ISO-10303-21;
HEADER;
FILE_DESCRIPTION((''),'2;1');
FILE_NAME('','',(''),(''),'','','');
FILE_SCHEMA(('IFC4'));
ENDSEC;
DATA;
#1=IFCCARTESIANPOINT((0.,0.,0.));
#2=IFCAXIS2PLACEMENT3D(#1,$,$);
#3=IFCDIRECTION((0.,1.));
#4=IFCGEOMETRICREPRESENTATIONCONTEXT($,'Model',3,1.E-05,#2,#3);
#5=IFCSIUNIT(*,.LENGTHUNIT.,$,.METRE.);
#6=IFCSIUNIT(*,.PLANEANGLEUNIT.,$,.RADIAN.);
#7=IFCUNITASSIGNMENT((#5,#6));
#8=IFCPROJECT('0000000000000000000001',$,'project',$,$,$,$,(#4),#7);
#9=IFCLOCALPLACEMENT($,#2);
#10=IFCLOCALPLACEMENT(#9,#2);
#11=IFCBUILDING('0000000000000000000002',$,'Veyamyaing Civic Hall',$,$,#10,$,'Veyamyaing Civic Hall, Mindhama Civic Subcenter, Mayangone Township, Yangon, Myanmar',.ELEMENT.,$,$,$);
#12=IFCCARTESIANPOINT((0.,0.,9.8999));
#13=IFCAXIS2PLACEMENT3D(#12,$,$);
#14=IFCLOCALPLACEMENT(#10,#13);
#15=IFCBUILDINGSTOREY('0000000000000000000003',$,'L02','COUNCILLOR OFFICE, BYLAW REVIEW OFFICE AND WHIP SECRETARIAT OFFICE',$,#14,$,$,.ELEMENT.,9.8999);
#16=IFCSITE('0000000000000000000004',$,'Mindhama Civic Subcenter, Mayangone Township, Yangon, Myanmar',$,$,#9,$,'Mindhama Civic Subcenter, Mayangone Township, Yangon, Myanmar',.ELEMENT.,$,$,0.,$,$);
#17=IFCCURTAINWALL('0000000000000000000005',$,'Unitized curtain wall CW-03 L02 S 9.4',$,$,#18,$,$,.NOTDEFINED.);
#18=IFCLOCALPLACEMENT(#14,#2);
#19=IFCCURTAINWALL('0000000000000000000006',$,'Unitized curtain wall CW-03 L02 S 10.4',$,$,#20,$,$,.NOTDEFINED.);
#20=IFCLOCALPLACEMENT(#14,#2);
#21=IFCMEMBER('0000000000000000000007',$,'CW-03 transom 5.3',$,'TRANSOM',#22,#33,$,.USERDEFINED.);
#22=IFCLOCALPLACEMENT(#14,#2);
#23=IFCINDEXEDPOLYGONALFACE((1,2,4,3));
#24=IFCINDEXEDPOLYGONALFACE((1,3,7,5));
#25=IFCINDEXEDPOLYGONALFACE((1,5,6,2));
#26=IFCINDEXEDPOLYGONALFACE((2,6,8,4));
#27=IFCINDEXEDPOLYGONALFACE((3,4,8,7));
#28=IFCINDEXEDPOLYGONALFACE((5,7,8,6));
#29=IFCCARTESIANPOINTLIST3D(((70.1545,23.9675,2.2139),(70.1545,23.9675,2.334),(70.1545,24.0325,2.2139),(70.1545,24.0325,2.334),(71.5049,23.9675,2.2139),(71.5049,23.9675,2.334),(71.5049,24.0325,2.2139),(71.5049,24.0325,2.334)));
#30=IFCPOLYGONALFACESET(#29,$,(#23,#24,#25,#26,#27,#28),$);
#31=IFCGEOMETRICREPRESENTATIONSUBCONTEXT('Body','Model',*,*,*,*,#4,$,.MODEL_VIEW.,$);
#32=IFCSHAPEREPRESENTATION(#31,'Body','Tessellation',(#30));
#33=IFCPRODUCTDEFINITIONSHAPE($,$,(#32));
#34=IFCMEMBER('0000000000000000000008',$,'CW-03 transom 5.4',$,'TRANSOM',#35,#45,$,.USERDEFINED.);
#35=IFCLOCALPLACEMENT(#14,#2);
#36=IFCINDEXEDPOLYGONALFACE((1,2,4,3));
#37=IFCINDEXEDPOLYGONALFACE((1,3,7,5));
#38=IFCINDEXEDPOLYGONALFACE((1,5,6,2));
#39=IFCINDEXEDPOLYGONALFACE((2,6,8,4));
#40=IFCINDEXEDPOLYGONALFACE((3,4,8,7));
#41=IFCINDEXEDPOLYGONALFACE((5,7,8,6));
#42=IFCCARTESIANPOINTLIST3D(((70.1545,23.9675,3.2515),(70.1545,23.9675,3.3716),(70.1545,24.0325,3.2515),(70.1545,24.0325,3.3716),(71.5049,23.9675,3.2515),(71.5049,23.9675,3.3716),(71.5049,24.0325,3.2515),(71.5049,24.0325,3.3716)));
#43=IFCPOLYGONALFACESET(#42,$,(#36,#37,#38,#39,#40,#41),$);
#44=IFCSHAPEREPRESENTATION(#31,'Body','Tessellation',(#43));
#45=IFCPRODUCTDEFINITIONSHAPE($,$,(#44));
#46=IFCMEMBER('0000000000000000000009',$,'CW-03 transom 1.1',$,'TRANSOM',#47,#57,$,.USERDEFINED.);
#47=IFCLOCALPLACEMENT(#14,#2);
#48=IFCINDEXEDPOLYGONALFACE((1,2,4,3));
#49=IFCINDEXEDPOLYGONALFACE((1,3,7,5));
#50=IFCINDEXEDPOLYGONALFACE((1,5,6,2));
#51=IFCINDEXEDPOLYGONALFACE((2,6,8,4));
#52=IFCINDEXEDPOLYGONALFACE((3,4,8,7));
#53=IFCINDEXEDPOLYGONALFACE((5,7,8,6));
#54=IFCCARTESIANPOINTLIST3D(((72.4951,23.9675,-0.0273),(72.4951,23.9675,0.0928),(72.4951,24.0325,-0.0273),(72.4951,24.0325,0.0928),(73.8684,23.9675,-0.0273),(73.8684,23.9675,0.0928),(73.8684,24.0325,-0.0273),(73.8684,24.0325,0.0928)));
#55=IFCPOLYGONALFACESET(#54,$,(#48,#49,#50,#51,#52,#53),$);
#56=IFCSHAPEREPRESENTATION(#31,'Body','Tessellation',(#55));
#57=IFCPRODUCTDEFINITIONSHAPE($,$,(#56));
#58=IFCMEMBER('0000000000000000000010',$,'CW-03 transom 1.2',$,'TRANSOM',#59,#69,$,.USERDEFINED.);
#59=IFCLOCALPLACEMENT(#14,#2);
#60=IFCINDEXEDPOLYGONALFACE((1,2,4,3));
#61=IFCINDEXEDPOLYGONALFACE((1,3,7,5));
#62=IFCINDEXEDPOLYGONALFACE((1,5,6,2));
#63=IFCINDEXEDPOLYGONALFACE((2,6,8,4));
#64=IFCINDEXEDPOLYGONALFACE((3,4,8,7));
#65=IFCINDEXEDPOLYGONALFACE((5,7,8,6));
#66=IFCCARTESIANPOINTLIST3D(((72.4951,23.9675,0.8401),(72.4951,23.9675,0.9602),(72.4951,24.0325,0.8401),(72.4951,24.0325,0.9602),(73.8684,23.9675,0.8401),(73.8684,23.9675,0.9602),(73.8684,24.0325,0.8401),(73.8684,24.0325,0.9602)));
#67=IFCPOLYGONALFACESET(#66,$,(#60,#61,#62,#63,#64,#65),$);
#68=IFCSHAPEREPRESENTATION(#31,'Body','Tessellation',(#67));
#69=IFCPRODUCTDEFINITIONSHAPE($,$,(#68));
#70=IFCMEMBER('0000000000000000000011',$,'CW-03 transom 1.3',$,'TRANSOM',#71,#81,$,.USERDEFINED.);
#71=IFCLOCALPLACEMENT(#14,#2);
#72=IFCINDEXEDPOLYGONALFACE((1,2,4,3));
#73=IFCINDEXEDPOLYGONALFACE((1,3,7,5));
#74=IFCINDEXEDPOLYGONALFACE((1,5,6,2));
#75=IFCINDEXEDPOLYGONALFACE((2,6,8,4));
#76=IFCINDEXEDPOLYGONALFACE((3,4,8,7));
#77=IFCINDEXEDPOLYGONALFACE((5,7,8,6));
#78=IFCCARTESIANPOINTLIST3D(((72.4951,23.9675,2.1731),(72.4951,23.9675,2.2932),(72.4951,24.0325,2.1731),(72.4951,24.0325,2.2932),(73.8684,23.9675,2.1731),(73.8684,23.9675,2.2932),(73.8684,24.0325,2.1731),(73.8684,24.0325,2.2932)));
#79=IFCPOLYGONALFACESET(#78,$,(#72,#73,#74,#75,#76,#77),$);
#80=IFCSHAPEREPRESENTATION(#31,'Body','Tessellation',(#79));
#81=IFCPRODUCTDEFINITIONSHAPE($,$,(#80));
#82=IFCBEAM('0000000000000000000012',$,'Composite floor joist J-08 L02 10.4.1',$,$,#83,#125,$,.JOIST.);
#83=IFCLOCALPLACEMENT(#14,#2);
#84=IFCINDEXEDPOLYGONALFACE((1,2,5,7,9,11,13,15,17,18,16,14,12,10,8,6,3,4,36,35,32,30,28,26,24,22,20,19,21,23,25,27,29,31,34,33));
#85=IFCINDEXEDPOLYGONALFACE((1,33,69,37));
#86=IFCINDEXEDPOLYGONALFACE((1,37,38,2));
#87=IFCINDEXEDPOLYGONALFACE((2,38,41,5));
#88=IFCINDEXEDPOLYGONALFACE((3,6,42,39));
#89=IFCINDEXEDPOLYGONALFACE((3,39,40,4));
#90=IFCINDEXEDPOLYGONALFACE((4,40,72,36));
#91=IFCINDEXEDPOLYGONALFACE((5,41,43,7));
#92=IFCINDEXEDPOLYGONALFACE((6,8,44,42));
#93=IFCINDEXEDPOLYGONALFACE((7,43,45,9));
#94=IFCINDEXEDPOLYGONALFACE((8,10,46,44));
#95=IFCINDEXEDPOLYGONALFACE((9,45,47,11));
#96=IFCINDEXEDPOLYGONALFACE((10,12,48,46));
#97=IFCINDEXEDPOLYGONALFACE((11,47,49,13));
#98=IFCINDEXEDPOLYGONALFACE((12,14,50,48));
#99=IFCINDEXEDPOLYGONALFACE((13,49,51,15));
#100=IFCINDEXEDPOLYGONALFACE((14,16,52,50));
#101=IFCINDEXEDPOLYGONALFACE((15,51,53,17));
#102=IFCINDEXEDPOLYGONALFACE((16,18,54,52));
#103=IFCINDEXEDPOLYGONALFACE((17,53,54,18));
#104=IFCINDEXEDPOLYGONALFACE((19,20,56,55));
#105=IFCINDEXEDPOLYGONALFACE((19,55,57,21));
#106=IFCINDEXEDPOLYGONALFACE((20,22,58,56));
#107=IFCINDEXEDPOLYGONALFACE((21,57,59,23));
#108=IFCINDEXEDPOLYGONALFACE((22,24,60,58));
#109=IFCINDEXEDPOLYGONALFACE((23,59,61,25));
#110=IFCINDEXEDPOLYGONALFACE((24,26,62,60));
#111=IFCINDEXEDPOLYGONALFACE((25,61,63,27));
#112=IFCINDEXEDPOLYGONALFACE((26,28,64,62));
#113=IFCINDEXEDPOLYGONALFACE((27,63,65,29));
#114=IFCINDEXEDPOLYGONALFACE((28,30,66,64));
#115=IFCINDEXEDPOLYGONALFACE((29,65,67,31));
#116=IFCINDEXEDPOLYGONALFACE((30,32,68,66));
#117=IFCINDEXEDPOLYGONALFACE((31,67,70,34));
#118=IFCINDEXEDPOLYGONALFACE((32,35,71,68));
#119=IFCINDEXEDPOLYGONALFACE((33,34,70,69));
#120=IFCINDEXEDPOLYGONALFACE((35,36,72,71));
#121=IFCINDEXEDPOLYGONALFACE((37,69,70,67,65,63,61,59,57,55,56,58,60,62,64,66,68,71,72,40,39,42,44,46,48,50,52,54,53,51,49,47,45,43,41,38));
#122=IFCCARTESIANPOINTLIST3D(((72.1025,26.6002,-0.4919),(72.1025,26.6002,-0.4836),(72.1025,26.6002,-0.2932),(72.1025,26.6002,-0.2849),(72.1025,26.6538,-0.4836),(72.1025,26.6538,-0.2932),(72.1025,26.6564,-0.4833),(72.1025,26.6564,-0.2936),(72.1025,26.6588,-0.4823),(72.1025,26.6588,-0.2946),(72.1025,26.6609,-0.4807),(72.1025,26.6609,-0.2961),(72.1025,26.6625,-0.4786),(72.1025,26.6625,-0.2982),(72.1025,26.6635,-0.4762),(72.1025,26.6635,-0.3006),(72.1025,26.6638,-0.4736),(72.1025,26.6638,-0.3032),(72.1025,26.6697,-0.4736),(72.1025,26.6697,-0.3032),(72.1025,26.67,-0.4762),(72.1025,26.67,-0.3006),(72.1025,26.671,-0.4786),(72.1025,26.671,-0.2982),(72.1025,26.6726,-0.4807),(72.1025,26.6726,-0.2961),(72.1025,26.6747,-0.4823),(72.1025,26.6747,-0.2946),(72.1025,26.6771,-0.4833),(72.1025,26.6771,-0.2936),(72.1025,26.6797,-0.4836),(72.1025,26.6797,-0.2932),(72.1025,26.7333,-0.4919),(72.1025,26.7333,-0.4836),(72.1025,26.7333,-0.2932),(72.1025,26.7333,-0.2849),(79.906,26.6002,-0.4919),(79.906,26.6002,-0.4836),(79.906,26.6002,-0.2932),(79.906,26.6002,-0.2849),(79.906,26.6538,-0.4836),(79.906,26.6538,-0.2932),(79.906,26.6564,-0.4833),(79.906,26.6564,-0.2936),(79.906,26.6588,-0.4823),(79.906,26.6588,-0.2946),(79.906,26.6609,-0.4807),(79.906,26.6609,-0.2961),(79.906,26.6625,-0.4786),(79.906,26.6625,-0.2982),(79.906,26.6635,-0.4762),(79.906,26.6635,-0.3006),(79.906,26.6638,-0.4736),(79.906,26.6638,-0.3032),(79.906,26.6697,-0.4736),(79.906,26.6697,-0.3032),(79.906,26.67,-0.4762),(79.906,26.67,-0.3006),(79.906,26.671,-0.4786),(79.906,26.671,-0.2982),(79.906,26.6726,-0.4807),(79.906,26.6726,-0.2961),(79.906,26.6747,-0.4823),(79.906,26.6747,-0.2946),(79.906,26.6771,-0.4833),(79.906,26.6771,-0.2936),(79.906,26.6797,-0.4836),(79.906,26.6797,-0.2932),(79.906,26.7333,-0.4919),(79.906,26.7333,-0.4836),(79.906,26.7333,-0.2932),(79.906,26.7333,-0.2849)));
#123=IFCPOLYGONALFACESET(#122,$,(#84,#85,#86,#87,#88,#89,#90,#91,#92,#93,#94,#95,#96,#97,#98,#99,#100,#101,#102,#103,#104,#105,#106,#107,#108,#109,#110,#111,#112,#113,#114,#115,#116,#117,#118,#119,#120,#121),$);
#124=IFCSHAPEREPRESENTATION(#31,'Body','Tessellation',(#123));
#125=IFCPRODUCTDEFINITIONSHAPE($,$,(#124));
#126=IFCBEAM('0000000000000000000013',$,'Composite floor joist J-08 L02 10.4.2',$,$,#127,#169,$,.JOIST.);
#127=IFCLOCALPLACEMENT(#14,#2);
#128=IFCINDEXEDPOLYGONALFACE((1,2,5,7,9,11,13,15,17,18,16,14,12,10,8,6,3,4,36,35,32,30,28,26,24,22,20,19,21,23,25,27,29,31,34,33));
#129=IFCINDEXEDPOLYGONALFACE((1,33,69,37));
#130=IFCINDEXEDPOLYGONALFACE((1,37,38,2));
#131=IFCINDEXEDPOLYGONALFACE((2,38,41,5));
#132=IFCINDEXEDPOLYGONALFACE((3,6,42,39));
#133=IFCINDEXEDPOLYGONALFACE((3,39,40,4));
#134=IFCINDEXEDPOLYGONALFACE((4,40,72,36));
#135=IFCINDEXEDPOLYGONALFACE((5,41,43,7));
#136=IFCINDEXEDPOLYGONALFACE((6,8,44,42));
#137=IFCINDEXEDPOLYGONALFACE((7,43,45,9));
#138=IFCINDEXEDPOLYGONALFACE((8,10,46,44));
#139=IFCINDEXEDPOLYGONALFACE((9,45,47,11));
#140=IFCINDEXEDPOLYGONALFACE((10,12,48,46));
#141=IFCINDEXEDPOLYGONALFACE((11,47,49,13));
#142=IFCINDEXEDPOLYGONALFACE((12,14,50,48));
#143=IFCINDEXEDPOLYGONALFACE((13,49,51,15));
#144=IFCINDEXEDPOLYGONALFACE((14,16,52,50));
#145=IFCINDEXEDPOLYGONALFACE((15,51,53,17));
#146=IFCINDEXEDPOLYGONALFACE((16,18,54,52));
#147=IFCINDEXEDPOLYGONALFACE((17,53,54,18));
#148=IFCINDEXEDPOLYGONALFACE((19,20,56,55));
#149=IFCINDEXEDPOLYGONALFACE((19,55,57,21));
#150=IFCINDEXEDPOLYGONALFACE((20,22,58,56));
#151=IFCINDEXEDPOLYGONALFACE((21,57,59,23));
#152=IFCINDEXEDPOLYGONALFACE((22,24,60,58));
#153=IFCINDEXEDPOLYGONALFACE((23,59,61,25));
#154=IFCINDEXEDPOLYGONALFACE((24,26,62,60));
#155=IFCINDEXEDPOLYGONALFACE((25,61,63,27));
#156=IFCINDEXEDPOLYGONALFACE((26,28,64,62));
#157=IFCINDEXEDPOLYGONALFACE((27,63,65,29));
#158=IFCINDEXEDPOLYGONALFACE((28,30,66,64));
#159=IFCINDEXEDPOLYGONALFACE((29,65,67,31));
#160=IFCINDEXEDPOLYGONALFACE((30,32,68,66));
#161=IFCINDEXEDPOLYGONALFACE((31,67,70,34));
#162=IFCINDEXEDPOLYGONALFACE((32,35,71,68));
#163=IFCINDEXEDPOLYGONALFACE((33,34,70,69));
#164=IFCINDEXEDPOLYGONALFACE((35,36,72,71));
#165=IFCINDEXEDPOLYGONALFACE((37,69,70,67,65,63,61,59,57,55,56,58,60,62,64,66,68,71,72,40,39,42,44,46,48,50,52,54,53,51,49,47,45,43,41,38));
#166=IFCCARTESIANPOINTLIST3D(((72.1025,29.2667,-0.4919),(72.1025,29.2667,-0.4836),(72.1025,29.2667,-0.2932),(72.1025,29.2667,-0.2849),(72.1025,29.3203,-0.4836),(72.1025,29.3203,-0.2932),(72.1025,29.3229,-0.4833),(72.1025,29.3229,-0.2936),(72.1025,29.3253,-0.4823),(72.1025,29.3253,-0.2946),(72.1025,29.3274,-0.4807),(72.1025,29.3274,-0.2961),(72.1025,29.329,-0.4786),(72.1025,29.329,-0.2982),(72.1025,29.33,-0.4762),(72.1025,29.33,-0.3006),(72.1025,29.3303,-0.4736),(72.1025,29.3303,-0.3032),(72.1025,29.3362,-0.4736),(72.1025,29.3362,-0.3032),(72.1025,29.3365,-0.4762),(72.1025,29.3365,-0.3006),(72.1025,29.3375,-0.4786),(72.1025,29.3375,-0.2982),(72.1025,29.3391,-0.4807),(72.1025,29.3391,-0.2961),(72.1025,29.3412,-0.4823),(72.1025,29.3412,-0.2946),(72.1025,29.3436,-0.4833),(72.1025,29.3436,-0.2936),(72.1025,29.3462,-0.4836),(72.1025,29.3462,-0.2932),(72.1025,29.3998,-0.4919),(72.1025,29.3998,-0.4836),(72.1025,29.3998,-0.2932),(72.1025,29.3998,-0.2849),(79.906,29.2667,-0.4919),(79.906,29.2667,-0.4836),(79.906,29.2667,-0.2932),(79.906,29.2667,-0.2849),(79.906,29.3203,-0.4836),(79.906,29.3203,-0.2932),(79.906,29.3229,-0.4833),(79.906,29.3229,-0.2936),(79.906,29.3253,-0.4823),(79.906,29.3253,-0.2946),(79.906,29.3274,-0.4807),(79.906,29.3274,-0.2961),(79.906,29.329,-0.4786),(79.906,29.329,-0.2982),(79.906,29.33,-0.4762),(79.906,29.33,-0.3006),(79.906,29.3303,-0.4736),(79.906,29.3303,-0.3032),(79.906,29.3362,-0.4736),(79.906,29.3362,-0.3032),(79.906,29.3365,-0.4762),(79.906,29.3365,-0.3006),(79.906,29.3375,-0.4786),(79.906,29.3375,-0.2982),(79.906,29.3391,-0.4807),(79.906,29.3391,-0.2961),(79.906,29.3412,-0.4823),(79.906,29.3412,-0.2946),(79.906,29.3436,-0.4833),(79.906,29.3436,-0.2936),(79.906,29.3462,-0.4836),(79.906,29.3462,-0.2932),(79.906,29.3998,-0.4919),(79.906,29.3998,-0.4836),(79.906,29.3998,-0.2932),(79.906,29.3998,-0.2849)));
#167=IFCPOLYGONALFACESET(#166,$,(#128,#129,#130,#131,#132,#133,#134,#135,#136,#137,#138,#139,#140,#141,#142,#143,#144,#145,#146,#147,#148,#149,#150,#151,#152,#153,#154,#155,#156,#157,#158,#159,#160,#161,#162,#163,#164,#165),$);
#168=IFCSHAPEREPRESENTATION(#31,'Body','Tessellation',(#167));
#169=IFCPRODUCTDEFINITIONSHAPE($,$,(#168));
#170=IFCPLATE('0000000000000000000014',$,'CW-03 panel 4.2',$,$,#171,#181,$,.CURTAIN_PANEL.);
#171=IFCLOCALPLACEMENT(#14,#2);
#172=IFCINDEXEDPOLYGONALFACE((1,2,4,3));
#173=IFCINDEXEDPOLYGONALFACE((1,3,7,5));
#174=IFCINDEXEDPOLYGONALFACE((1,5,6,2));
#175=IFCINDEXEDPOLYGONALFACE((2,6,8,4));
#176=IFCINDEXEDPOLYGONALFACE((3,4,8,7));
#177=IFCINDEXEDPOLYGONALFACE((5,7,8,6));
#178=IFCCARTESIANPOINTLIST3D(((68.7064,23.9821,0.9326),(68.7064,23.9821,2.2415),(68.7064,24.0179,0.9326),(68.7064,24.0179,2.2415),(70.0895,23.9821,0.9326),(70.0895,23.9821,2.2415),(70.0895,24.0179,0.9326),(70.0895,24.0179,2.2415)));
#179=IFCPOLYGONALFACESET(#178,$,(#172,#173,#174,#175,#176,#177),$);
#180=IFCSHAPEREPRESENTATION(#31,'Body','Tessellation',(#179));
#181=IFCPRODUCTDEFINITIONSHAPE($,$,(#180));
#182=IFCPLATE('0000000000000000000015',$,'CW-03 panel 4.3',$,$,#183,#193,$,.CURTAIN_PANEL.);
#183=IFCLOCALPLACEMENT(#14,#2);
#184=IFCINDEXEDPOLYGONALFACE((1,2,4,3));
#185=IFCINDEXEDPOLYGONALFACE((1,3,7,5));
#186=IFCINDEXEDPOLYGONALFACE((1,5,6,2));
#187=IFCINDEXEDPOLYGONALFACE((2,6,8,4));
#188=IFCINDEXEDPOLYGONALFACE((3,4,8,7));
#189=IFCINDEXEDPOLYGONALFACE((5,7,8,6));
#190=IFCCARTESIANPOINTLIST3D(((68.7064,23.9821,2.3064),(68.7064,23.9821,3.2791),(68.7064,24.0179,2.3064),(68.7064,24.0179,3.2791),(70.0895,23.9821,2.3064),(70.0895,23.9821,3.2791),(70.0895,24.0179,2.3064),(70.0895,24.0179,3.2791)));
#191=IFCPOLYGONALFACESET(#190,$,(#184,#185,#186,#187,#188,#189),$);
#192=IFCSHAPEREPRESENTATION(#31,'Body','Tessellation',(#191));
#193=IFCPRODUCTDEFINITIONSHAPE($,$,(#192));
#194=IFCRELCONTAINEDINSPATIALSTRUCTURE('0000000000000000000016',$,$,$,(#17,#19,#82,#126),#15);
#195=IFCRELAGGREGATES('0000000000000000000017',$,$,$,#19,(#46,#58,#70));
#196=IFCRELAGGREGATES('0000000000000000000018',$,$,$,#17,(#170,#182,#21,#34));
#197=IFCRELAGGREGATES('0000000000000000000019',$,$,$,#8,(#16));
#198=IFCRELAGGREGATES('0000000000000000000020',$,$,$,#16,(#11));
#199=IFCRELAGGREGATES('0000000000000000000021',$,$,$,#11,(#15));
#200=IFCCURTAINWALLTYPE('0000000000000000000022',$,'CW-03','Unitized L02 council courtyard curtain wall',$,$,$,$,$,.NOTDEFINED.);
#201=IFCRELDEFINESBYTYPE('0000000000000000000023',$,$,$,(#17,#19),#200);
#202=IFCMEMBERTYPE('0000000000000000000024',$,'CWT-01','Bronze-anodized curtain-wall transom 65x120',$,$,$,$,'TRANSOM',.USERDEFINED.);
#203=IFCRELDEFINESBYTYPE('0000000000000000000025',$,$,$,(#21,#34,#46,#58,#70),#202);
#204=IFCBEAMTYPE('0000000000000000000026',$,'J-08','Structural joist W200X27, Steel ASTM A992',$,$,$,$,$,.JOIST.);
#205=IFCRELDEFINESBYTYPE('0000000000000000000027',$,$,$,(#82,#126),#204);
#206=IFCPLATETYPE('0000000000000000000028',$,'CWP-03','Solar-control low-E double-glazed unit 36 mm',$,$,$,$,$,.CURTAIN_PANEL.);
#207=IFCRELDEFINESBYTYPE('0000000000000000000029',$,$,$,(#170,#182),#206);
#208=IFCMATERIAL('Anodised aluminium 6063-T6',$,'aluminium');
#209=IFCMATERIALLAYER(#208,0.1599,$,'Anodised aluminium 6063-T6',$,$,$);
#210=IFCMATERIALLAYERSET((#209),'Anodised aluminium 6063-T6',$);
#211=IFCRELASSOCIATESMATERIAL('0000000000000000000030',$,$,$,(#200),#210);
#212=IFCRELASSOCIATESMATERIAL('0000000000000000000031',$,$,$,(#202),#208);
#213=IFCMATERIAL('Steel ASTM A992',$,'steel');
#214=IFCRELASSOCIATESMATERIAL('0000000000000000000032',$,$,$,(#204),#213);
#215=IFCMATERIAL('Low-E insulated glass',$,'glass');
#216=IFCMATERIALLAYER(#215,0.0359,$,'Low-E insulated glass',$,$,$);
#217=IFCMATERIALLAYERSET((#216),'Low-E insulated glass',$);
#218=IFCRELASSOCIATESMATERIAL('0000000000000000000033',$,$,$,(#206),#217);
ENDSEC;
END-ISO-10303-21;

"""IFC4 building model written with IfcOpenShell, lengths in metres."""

from ifc_helpers import new_model, si_unit, direction, frame, origin, origin_2d, place, context, subcontext, project, spatial, rectangle, i_section, extrude, material, layer, layer_set, material_profile, profile_set, type_object, element, aggregate, save


model = new_model("IFC4")

# Units and contexts
model_context = context("Model", 3, precision=1e-05, world=origin(), true_north=direction((0.0, 1.0)))
body_context = subcontext(model_context, "Body", "Model", "MODEL_VIEW")
ifc_project = project(units=[si_unit("LENGTHUNIT", "METRE"), si_unit("PLANEANGLEUNIT", "RADIAN")], contexts=[model_context])

# Site, building, storey
site_placement = place(None, origin())
site = spatial("IfcSite", under=ifc_project, at=site_placement, Name="Mindhama Civic Subcenter, Mayangone Township, Yangon, Myanmar", LongName="Mindhama Civic Subcenter, Mayangone Township, Yangon, Myanmar", CompositionType="ELEMENT", RefElevation=0.0)
building_placement = place(site_placement, origin())
building = spatial("IfcBuilding", under=site, at=building_placement, Name="Veyamyaing Civic Hall", LongName="Veyamyaing Civic Hall, Mindhama Civic Subcenter, Mayangone Township, Yangon, Myanmar", CompositionType="ELEMENT")
storey_placement = place(building_placement, frame((0.0, 0.0, 9.8999)))
storey = spatial("IfcBuildingStorey", under=building, at=storey_placement, Name="L02", Description="COUNCILLOR OFFICE, BYLAW REVIEW OFFICE AND WHIP SECRETARIAT OFFICE", CompositionType="ELEMENT", Elevation=9.8999)

# Shared definitions
ifc_material_1 = material(Name="Steel ASTM A992", Category="steel")

# Curtain wall
ifc_material_2 = material(Name="Anodised aluminium 6063-T6", Category="aluminium")
ifc_layer_1 = layer(ifc_material_2, 0.1599, Name="Anodised aluminium 6063-T6")
ifc_layer_set_1 = layer_set([ifc_layer_1], Name="Anodised aluminium 6063-T6")
curtain_wall_type = type_object("IfcCurtainWallType", Name="CW-03", Description="Unitized L02 council courtyard curtain wall", PredefinedType="NOTDEFINED", material=ifc_layer_set_1)
curtain_wall_1_placement = place(storey_placement, origin())
curtain_wall_1 = element("IfcCurtainWall", 1, at=curtain_wall_1_placement, inside=storey, type_object=curtain_wall_type, Name="Unitized curtain wall CW-03 L02 S 9.4", PredefinedType="NOTDEFINED")

# Curtain wall
curtain_wall_2_placement = place(storey_placement, origin())
curtain_wall_2 = element("IfcCurtainWall", 2, at=curtain_wall_2_placement, inside=storey, type_object=curtain_wall_type, Name="Unitized curtain wall CW-03 L02 S 10.4", PredefinedType="NOTDEFINED")

# Members
ifc_material_profile_1 = material_profile(ifc_material_2, rectangle(XDim=0.0649, YDim=0.1201, at=origin_2d()), Name="ALU-TRN-65X120")
ifc_profile_set_1 = profile_set([ifc_material_profile_1], Name="Anodised aluminium 6063-T6")
member_type_1 = type_object("IfcMemberType", Name="CWT-01", Description="Bronze-anodized curtain-wall transom 65x120", ElementType="TRANSOM", PredefinedType="USERDEFINED", material=ifc_profile_set_1)
member_1_placement = place(storey_placement, frame((70.1545, 24.0, 2.2739), z_axis=(1.0, 0.0, 0.0), x_axis=(0.0, 1.0, 0.0)))
member_1 = element("IfcMember", 3, at=member_1_placement, type_object=member_type_1, Name="CW-03 transom 5.3", ObjectType="TRANSOM", PredefinedType="USERDEFINED", context=body_context, shape_type="SweptSolid", body=[
    extrude(rectangle(XDim=0.0649, YDim=0.1201, at=origin_2d()), origin(), (0.0, 0.0, 1.0), 1.3503),
])
member_2_placement = place(storey_placement, frame((70.1545, 24.0, 3.3115), z_axis=(1.0, 0.0, 0.0), x_axis=(0.0, 1.0, 0.0)))
member_2 = element("IfcMember", 4, at=member_2_placement, type_object=member_type_1, Name="CW-03 transom 5.4", ObjectType="TRANSOM", PredefinedType="USERDEFINED", context=body_context, shape_type="SweptSolid", body=[
    extrude(rectangle(XDim=0.0649, YDim=0.1201, at=origin_2d()), origin(), (0.0, 0.0, 1.0), 1.3503),
])
member_3_placement = place(storey_placement, frame((72.4951, 24.0, 0.0327), z_axis=(1.0, 0.0, 0.0), x_axis=(0.0, 1.0, 0.0)))
member_3 = element("IfcMember", 5, at=member_3_placement, type_object=member_type_1, Name="CW-03 transom 1.1", ObjectType="TRANSOM", PredefinedType="USERDEFINED", context=body_context, shape_type="SweptSolid", body=[
    extrude(rectangle(XDim=0.0649, YDim=0.1201, at=origin_2d()), origin(), (0.0, 0.0, 1.0), 1.3733),
])
member_4_placement = place(storey_placement, frame((72.4951, 24.0, 0.9001), z_axis=(1.0, 0.0, 0.0), x_axis=(0.0, 1.0, 0.0)))
member_4 = element("IfcMember", 6, at=member_4_placement, type_object=member_type_1, Name="CW-03 transom 1.2", ObjectType="TRANSOM", PredefinedType="USERDEFINED", context=body_context, shape_type="SweptSolid", body=[
    extrude(rectangle(XDim=0.0649, YDim=0.1201, at=origin_2d()), origin(), (0.0, 0.0, 1.0), 1.3733),
])
member_5_placement = place(storey_placement, frame((72.4951, 24.0, 2.2332), z_axis=(1.0, 0.0, 0.0), x_axis=(0.0, 1.0, 0.0)))
member_5 = element("IfcMember", 7, at=member_5_placement, type_object=member_type_1, Name="CW-03 transom 1.3", ObjectType="TRANSOM", PredefinedType="USERDEFINED", context=body_context, shape_type="SweptSolid", body=[
    extrude(rectangle(XDim=0.0649, YDim=0.1201, at=origin_2d()), origin(), (0.0, 0.0, 1.0), 1.3733),
])
aggregate(curtain_wall_2, [member_3, member_4, member_5])

# Beams
ifc_material_profile_2 = material_profile(ifc_material_1, i_section(OverallWidth=0.1331, OverallDepth=0.207, WebThickness=0.0059, FlangeThickness=0.0083, FilletRadius=0.01, at=origin_2d()), Name="W200X27")
ifc_profile_set_2 = profile_set([ifc_material_profile_2], Name="Steel ASTM A992")
beam_type_1 = type_object("IfcBeamType", Name="J-08", Description="Structural joist W200X27, Steel ASTM A992", PredefinedType="JOIST", material=ifc_profile_set_2)
for number, where, z_axis, x_axis, name in (
    (8, (72.1025, 26.6667, -0.3884), (1.0, 0.0, 0.0), (0.0, 1.0, 0.0), "Composite floor joist J-08 L02 10.4.1"),
    (9, (72.1025, 29.3333, -0.3884), (1.0, 0.0, 0.0), (0.0, 1.0, 0.0), "Composite floor joist J-08 L02 10.4.2"),
):
    element("IfcBeam", number, at=place(storey_placement, frame(where, z_axis=z_axis, x_axis=x_axis)), inside=storey, type_object=beam_type_1, Name=name, PredefinedType="JOIST", context=body_context, shape_type="SweptSolid", body=[
        extrude(i_section(OverallWidth=0.1331, OverallDepth=0.207, WebThickness=0.0059, FlangeThickness=0.0083, FilletRadius=0.01, at=origin_2d()), origin(), (0.0, 0.0, 1.0), 7.8035),
    ])

# Plates
ifc_material_3 = material(Name="Low-E insulated glass", Category="glass")
ifc_layer_2 = layer(ifc_material_3, 0.0359, Name="Low-E insulated glass")
ifc_layer_set_2 = layer_set([ifc_layer_2], Name="Low-E insulated glass")
plate_type = type_object("IfcPlateType", Name="CWP-03", Description="Solar-control low-E double-glazed unit 36 mm", PredefinedType="CURTAIN_PANEL", material=ifc_layer_set_2)
plate_1_placement = place(storey_placement, frame((69.3979, 24.0, 0.9326), z_axis=(0.0, 0.0, 1.0), x_axis=(1.0, 0.0, 0.0)))
plate_1 = element("IfcPlate", 10, at=plate_1_placement, type_object=plate_type, Name="CW-03 panel 4.2", PredefinedType="CURTAIN_PANEL", context=body_context, shape_type="SweptSolid", body=[
    extrude(rectangle(XDim=1.3831, YDim=0.0359, at=origin_2d()), origin(), (0.0, 0.0, 1.0), 1.3088),
])
plate_2_placement = place(storey_placement, frame((69.3979, 24.0, 2.3064), z_axis=(0.0, 0.0, 1.0), x_axis=(1.0, 0.0, 0.0)))
plate_2 = element("IfcPlate", 11, at=plate_2_placement, type_object=plate_type, Name="CW-03 panel 4.3", PredefinedType="CURTAIN_PANEL", context=body_context, shape_type="SweptSolid", body=[
    extrude(rectangle(XDim=1.3831, YDim=0.0359, at=origin_2d()), origin(), (0.0, 0.0, 1.0), 0.9727),
])
aggregate(curtain_wall_1, [plate_1, plate_2, member_1, member_2])

save(model, "model.ifc")
